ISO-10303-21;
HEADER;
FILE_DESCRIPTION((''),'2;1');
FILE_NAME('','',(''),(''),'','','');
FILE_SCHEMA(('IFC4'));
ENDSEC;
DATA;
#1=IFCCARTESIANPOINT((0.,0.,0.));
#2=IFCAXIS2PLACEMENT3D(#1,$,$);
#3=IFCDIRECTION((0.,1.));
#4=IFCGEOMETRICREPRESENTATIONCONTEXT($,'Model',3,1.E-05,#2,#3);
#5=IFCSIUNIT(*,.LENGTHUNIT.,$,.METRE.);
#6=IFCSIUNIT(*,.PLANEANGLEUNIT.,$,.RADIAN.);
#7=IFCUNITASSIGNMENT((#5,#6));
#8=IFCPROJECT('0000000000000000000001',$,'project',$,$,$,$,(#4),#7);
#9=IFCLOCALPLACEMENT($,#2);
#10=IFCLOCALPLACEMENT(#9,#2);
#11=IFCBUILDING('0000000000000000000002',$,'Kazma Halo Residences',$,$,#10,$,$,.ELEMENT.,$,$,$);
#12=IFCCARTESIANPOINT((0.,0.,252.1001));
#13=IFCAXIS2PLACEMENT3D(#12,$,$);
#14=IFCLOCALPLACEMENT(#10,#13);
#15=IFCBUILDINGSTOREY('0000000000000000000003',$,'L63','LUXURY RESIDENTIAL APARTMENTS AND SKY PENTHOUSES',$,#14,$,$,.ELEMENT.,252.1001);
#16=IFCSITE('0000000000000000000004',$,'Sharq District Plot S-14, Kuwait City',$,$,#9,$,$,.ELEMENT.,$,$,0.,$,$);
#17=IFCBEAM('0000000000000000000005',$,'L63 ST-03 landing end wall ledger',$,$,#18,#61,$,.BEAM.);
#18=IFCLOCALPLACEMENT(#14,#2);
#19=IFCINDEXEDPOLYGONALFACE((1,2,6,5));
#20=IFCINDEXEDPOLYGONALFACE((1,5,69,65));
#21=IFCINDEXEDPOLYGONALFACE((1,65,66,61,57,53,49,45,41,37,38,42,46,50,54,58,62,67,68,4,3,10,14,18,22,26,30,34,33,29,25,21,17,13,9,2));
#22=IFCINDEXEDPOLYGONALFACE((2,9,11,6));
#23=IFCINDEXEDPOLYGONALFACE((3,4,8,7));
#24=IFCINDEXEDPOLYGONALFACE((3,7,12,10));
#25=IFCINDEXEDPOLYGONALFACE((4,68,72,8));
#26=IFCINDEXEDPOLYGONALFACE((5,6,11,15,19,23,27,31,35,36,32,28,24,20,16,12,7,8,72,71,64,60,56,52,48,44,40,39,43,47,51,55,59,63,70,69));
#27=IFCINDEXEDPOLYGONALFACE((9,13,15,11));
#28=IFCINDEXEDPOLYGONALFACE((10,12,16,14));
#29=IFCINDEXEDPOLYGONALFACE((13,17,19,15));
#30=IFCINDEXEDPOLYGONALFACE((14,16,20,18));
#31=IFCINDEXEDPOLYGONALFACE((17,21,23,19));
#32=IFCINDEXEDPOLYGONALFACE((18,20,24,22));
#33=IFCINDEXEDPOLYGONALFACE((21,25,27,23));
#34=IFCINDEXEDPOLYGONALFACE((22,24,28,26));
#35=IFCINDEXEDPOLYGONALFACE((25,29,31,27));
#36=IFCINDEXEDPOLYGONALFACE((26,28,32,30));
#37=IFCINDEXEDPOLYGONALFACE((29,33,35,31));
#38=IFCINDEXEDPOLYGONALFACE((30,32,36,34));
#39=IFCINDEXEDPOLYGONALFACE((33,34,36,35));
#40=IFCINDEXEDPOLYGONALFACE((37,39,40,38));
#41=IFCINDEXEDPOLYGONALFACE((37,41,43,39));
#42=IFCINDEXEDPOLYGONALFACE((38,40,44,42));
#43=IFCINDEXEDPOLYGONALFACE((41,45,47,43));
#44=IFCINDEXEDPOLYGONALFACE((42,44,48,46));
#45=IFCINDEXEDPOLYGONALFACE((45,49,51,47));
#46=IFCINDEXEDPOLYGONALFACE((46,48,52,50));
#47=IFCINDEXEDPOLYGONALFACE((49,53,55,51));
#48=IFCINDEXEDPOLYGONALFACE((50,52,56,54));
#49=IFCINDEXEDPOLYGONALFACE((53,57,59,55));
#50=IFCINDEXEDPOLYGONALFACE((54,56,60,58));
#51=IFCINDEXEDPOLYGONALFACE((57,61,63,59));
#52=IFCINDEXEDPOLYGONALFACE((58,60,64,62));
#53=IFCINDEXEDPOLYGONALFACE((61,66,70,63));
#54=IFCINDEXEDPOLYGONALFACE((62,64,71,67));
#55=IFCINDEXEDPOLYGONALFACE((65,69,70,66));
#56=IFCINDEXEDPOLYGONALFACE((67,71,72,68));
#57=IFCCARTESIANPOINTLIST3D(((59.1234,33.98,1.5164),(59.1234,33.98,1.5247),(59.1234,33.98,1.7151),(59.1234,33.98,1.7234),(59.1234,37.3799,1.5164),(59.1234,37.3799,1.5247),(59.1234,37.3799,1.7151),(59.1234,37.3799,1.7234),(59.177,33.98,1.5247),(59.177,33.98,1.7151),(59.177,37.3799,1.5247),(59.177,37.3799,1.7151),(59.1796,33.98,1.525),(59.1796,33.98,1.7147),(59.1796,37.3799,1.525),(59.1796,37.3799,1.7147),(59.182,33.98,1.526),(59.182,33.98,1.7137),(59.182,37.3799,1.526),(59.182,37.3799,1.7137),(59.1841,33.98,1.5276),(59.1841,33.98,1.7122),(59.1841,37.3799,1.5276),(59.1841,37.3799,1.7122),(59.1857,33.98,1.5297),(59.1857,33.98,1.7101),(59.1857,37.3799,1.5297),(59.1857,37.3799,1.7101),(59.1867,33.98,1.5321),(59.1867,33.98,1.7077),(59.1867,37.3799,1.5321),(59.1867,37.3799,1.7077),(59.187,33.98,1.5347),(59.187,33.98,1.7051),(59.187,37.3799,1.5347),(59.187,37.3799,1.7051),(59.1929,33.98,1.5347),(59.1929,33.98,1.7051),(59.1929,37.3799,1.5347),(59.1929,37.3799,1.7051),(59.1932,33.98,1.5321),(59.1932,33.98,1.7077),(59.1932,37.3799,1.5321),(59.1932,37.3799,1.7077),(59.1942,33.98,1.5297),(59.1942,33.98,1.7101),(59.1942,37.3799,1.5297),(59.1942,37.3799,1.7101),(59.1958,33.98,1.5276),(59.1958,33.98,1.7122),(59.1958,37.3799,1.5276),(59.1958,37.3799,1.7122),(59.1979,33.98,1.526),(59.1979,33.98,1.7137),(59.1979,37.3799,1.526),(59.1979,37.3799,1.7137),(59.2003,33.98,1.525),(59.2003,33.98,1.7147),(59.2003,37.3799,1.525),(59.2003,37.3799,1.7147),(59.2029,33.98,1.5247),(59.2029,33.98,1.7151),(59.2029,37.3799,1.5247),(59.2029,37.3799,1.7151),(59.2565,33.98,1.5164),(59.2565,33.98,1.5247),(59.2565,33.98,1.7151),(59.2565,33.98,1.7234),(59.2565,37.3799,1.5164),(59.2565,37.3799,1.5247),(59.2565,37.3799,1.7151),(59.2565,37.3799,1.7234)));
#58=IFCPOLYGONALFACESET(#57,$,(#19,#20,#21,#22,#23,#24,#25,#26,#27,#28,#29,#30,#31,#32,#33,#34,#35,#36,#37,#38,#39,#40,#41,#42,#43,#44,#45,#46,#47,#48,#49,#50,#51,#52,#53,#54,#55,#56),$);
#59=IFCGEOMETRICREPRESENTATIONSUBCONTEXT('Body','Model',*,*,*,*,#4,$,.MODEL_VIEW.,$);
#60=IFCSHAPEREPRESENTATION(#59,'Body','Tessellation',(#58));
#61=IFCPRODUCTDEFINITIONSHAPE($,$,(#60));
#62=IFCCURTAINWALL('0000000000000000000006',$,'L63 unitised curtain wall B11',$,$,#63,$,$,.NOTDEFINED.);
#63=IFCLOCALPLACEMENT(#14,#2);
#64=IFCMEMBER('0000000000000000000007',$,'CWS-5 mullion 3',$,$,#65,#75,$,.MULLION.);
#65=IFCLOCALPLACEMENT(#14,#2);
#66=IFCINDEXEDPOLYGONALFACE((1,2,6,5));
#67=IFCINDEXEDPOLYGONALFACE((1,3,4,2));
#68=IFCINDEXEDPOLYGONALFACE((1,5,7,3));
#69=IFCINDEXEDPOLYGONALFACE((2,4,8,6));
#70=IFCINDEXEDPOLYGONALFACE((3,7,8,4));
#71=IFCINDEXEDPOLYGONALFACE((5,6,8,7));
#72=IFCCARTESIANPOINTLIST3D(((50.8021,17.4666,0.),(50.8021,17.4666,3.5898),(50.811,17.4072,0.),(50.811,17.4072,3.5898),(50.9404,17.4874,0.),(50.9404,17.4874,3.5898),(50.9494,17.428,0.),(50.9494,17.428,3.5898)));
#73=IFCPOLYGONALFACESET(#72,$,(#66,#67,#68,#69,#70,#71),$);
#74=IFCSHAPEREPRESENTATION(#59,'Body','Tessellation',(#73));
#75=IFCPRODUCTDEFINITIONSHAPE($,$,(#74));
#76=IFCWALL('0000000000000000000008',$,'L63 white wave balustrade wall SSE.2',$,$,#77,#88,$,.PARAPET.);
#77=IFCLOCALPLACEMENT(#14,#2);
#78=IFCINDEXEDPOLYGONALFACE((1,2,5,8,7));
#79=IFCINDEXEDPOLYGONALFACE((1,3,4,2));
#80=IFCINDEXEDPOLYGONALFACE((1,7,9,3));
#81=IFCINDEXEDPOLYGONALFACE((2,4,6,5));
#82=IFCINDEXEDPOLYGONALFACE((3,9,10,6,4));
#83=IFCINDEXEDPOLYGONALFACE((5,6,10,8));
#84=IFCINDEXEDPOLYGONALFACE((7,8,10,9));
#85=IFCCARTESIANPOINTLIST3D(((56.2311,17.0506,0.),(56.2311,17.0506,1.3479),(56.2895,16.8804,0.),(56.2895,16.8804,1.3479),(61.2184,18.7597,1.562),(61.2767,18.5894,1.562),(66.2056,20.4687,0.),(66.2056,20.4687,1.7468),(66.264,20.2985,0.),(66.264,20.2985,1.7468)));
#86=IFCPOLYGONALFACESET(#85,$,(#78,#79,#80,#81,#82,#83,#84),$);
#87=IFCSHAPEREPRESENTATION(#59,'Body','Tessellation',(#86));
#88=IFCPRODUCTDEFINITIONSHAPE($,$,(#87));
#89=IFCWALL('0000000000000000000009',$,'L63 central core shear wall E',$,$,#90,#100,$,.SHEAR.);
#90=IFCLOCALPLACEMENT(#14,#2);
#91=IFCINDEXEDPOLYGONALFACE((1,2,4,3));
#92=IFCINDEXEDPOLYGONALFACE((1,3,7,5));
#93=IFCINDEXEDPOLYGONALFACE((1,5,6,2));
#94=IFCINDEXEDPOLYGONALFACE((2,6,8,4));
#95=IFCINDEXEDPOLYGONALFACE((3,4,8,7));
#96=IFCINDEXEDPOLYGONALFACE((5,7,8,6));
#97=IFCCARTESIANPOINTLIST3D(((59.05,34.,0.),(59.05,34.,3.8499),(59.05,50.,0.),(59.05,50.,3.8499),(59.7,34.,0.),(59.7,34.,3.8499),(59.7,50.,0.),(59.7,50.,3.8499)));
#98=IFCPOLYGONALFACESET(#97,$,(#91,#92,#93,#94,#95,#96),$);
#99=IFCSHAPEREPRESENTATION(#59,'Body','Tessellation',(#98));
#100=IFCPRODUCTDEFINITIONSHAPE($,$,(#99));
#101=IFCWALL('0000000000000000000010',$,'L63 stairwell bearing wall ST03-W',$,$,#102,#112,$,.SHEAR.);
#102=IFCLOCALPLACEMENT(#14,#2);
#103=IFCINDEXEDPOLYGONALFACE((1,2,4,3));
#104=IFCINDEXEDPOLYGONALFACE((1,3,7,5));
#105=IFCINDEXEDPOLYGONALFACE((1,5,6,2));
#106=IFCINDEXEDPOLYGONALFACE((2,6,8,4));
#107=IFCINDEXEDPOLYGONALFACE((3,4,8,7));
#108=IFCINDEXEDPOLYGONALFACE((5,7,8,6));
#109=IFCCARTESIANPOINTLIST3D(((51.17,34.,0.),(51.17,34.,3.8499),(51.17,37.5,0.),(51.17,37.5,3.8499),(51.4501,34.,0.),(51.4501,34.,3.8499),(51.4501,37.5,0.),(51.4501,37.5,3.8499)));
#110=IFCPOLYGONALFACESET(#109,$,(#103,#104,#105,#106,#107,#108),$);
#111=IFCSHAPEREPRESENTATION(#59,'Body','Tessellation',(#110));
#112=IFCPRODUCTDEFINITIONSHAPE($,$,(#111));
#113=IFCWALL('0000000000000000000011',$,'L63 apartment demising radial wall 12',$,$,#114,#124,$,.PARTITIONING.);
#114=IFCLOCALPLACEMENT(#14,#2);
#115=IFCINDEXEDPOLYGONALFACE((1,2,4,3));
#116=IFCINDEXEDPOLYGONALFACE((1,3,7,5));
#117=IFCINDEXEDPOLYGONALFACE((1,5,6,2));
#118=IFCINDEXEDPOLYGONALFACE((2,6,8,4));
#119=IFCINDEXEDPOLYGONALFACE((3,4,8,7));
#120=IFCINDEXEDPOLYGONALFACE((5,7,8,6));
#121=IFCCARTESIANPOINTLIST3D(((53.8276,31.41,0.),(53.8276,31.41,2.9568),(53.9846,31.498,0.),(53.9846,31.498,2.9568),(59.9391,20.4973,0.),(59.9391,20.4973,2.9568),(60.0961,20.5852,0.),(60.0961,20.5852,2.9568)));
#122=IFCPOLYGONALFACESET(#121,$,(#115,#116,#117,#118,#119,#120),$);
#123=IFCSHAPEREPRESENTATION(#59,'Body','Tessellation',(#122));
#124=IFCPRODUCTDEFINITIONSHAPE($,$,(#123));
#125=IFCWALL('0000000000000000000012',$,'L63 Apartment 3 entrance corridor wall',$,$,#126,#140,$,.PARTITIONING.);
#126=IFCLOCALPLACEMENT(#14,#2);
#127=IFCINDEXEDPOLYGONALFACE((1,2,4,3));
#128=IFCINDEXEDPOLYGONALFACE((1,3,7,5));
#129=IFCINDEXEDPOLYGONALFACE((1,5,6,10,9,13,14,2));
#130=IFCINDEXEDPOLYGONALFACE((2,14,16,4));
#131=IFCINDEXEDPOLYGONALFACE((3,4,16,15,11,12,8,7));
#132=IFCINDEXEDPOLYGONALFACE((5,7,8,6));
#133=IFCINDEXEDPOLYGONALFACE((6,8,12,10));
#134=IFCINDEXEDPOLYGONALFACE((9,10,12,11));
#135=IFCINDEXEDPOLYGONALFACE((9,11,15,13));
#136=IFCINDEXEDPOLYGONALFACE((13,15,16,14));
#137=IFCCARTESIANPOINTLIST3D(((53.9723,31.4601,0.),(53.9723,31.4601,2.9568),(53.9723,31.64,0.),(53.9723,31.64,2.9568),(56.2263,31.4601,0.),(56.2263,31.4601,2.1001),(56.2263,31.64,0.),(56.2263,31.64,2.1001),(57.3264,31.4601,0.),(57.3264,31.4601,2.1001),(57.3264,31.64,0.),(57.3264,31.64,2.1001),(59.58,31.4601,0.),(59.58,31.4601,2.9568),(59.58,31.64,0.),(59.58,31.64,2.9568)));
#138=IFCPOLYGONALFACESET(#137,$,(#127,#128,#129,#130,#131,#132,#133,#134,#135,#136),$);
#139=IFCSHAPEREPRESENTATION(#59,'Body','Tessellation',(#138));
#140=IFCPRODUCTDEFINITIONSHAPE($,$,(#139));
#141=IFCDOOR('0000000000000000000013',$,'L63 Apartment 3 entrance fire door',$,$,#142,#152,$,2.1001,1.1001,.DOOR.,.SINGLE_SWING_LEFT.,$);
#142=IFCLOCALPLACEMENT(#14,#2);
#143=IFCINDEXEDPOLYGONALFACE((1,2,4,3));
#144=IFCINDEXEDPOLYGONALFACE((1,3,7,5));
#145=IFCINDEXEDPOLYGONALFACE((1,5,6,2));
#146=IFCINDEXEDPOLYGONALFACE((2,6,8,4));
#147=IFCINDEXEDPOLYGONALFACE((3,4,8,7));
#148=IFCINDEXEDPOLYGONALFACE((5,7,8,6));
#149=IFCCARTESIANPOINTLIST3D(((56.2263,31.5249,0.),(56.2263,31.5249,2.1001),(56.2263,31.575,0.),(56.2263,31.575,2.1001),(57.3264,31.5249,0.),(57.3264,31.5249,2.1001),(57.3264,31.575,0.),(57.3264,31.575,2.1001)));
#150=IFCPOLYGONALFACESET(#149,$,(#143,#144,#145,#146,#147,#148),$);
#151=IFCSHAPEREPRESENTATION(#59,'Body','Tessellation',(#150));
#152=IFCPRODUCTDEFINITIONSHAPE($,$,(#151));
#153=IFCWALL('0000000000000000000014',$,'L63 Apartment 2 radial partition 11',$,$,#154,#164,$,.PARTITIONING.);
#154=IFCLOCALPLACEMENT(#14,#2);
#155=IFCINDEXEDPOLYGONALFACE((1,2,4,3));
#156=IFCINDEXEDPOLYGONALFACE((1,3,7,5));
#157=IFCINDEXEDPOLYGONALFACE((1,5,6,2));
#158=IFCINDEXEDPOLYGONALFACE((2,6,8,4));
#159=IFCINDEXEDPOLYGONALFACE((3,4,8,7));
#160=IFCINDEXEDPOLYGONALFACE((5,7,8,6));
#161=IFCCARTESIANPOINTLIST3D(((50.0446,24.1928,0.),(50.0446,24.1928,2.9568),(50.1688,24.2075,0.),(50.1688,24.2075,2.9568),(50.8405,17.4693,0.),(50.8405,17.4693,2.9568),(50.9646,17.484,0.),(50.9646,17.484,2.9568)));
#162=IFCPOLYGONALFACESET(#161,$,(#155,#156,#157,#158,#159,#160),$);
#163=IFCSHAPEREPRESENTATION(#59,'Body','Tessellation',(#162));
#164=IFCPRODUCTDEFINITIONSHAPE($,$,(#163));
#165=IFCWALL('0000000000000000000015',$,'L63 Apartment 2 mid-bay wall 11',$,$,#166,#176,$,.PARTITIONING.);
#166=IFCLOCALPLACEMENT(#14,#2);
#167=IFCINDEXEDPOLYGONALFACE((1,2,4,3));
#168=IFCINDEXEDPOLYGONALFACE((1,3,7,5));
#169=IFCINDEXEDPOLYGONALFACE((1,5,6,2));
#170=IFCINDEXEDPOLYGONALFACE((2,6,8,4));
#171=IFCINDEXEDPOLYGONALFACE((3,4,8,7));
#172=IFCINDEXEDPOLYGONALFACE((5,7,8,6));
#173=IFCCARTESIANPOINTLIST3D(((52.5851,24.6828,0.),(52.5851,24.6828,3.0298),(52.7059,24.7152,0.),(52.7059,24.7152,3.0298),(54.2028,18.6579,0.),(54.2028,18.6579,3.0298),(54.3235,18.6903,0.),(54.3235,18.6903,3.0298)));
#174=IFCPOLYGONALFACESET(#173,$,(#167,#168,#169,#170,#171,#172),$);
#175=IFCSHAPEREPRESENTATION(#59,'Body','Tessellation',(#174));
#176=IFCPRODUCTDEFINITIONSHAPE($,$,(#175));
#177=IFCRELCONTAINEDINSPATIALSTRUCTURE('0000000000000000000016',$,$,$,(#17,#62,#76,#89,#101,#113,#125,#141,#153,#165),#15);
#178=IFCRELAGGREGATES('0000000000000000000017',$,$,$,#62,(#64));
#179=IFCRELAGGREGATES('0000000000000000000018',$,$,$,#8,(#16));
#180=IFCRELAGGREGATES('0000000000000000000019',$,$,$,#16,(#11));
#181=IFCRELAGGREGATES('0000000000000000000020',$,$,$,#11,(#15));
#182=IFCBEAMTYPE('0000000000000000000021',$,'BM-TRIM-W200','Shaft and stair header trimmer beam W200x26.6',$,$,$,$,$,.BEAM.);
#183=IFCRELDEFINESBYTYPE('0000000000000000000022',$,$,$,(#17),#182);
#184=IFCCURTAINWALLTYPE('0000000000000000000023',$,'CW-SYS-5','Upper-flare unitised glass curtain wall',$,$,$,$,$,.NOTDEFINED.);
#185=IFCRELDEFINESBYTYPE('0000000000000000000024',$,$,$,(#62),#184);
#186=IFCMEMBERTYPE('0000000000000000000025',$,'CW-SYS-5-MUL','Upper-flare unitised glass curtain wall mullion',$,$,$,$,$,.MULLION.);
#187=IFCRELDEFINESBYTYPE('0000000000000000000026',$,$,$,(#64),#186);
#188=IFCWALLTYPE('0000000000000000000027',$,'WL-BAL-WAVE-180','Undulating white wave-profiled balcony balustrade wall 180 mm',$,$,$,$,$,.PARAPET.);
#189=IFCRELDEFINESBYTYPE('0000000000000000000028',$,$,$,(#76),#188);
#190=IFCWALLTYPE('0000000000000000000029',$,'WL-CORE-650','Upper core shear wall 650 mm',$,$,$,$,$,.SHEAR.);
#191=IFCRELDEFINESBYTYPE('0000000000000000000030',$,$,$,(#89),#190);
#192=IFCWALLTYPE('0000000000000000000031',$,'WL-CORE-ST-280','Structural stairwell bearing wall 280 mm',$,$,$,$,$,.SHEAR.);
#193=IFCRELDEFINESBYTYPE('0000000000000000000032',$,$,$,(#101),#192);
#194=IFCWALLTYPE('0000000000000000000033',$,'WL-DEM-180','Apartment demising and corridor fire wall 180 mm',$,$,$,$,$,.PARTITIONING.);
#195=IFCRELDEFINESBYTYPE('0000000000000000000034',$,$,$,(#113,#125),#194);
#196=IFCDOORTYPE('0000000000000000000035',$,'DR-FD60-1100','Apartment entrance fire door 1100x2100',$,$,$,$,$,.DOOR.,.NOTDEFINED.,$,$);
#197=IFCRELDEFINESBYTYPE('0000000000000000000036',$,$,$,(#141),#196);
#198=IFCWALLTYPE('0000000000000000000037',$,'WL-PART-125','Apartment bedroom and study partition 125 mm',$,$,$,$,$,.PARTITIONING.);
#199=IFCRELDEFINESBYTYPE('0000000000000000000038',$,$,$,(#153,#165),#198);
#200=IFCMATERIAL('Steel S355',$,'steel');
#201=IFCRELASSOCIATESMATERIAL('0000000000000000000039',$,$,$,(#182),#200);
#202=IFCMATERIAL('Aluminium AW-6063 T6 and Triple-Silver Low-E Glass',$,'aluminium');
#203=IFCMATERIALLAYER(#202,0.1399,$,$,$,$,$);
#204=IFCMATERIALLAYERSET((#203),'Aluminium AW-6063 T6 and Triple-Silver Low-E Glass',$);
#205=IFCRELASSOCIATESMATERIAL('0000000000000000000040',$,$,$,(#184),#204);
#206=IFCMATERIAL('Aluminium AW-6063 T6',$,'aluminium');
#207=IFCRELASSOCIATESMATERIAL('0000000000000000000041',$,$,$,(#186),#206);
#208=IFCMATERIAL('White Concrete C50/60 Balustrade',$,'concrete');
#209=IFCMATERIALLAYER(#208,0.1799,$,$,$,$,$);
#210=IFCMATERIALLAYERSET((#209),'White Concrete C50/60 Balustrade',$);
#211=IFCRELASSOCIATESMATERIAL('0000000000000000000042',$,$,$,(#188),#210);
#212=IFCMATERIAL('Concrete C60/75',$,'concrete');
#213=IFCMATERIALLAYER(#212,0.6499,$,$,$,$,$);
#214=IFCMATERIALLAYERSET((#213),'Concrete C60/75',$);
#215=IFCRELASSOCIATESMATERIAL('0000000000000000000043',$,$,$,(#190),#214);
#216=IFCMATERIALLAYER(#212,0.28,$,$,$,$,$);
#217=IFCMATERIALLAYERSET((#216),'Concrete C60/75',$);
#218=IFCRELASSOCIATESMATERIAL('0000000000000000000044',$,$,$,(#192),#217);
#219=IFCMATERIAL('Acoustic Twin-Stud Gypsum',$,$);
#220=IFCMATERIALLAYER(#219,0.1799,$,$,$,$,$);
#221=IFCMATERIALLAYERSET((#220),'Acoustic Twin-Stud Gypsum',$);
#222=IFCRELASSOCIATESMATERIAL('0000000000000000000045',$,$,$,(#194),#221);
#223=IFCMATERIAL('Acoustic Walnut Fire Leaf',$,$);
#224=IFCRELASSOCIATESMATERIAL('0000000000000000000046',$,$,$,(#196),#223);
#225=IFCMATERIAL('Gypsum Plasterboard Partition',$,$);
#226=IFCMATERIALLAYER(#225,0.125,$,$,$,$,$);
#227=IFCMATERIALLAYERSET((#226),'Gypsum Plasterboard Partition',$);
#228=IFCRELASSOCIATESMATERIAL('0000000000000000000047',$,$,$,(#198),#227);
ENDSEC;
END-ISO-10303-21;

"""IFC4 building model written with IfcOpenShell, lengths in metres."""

from ifc_helpers import new_model, si_unit, direction, frame, frame_2d, origin, origin_2d, place, context, subcontext, project, spatial, polyline, rectangle, i_section, outline, extrude, material, layer, layer_set, material_profile, profile_set, type_object, element, fill, aggregate, save


model = new_model("IFC4")

# Units and contexts
model_context = context("Model", 3, precision=1e-05, world=origin(), true_north=direction((0.0, 1.0)))
body_context = subcontext(model_context, "Body", "Model", "MODEL_VIEW")
ifc_project = project(units=[si_unit("LENGTHUNIT", "METRE"), si_unit("PLANEANGLEUNIT", "RADIAN")], contexts=[model_context])

# Site, building, storey
site_placement = place(None, origin())
site = spatial("IfcSite", under=ifc_project, at=site_placement, Name="Sharq District Plot S-14, Kuwait City", CompositionType="ELEMENT", RefElevation=0.0)
building_placement = place(site_placement, origin())
building = spatial("IfcBuilding", under=site, at=building_placement, Name="Kazma Halo Residences", CompositionType="ELEMENT")
storey_placement = place(building_placement, frame((0.0, 0.0, 252.1001)))
storey = spatial("IfcBuildingStorey", under=building, at=storey_placement, Name="L63", Description="LUXURY RESIDENTIAL APARTMENTS AND SKY PENTHOUSES", CompositionType="ELEMENT", Elevation=252.1001)

# Shared definitions
ifc_material_1 = material(Name="Concrete C60/75", Category="concrete")

# Beam
ifc_material_2 = material(Name="Steel S355", Category="steel")
ifc_material_profile_1 = material_profile(ifc_material_2, i_section(OverallWidth=0.1331, OverallDepth=0.207, WebThickness=0.0059, FlangeThickness=0.0083, FilletRadius=0.01, at=origin_2d()), Name="W200x26.6")
ifc_profile_set_1 = profile_set([ifc_material_profile_1], Name="Steel S355")
beam_type_1 = type_object("IfcBeamType", Name="BM-TRIM-W200", Description="Shaft and stair header trimmer beam W200x26.6", PredefinedType="BEAM", material=ifc_profile_set_1)
beam_1_placement = place(storey_placement, frame((59.1899, 33.98, 1.6199), z_axis=(0.0, 1.0, 0.0), x_axis=(-1.0, 0.0, 0.0)))
element("IfcBeam", 1, at=beam_1_placement, inside=storey, type_object=beam_type_1, Name="L63 ST-03 landing end wall ledger", PredefinedType="BEAM", context=body_context, shape_type="SweptSolid", body=[
    extrude(i_section(OverallWidth=0.1331, OverallDepth=0.207, WebThickness=0.0059, FlangeThickness=0.0083, FilletRadius=0.01, at=origin_2d()), origin(), (0.0, 0.0, 1.0), 3.3999),
])

# Curtain wall, member
ifc_material_3 = material(Name="Aluminium AW-6063 T6 and Triple-Silver Low-E Glass", Category="aluminium")
ifc_layer_1 = layer(ifc_material_3, 0.1399)
ifc_layer_set_1 = layer_set([ifc_layer_1], Name="Aluminium AW-6063 T6 and Triple-Silver Low-E Glass")
curtain_wall_type = type_object("IfcCurtainWallType", Name="CW-SYS-5", Description="Upper-flare unitised glass curtain wall", PredefinedType="NOTDEFINED", material=ifc_layer_set_1)
curtain_wall_placement = place(storey_placement, origin())
curtain_wall = element("IfcCurtainWall", 2, at=curtain_wall_placement, inside=storey, type_object=curtain_wall_type, Name="L63 unitised curtain wall B11", PredefinedType="NOTDEFINED")
ifc_material_4 = material(Name="Aluminium AW-6063 T6", Category="aluminium")
ifc_material_profile_2 = material_profile(ifc_material_4, rectangle(XDim=0.0601, YDim=0.1399, at=origin_2d()), Name="CWM-60x140")
ifc_profile_set_2 = profile_set([ifc_material_profile_2], Name="Aluminium AW-6063 T6")
member_type = type_object("IfcMemberType", Name="CW-SYS-5-MUL", Description="Upper-flare unitised glass curtain wall mullion", PredefinedType="MULLION", material=ifc_profile_set_2)
member_placement = place(storey_placement, frame((50.8757, 17.4473, 0.0), z_axis=(0.0, 0.0, 1.0), x_axis=(-0.148697, 0.988883, 0.0)))
member = element("IfcMember", 3, at=member_placement, type_object=member_type, Name="CWS-5 mullion 3", PredefinedType="MULLION", context=body_context, shape_type="SweptSolid", body=[
    extrude(rectangle(XDim=0.0601, YDim=0.1399, at=origin_2d()), origin(), (0.0, 0.0, 1.0), 3.5898),
])
aggregate(curtain_wall, [member])

# Walls
ifc_material_5 = material(Name="White Concrete C50/60 Balustrade", Category="concrete")
ifc_layer_2 = layer(ifc_material_5, 0.1799)
ifc_layer_set_2 = layer_set([ifc_layer_2], Name="White Concrete C50/60 Balustrade")
wall_type_1 = type_object("IfcWallType", Name="WL-BAL-WAVE-180", Description="Undulating white wave-profiled balcony balustrade wall 180 mm", PredefinedType="PARAPET", material=ifc_layer_set_2)
wall_1_placement = place(storey_placement, frame((56.2603, 16.9656, 0.0), z_axis=(0.0, 0.0, 1.0), x_axis=(0.945994, 0.324184, 0.0)))
element("IfcWall", 4, at=wall_1_placement, inside=storey, type_object=wall_type_1, Name="L63 white wave balustrade wall SSE.2", PredefinedType="PARAPET", context=body_context, shape_type="SweptSolid", body=[
    extrude(outline(polyline([(0.0, 0.0), (10.5439, 0.0), (10.5439, 1.7468), (5.272, 1.562), (0.0, 1.3479), (0.0, 0.0)])), frame((0.0, 0.0898, 0.0), z_axis=(0.0, -1.0, 0.0), x_axis=(1.0, 0.0, 0.0)), (0.0, 0.0, 1.0), 0.1799),
])
ifc_layer_3 = layer(ifc_material_1, 0.6499)
ifc_layer_set_3 = layer_set([ifc_layer_3], Name="Concrete C60/75")
wall_type_2 = type_object("IfcWallType", Name="WL-CORE-650", Description="Upper core shear wall 650 mm", PredefinedType="SHEAR", material=ifc_layer_set_3)
wall_2_placement = place(storey_placement, frame((59.375, 34.0, 0.0), z_axis=(0.0, 0.0, 1.0), x_axis=(0.0, 1.0, 0.0)))
element("IfcWall", 5, at=wall_2_placement, inside=storey, type_object=wall_type_2, Name="L63 central core shear wall E", PredefinedType="SHEAR", context=body_context, shape_type="SweptSolid", body=[
    extrude(rectangle(XDim=16.0, YDim=0.6499, at=frame_2d((8.0, 0.0))), origin(), (0.0, 0.0, 1.0), 3.8499),
])
ifc_layer_4 = layer(ifc_material_1, 0.28)
ifc_layer_set_4 = layer_set([ifc_layer_4], Name="Concrete C60/75")
wall_type_3 = type_object("IfcWallType", Name="WL-CORE-ST-280", Description="Structural stairwell bearing wall 280 mm", PredefinedType="SHEAR", material=ifc_layer_set_4)
wall_3_placement = place(storey_placement, frame((51.3101, 34.0, 0.0), z_axis=(0.0, 0.0, 1.0), x_axis=(0.0, 1.0, 0.0)))
element("IfcWall", 6, at=wall_3_placement, inside=storey, type_object=wall_type_3, Name="L63 stairwell bearing wall ST03-W", PredefinedType="SHEAR", context=body_context, shape_type="SweptSolid", body=[
    extrude(rectangle(XDim=3.5, YDim=0.28, at=frame_2d((1.75, 0.0))), origin(), (0.0, 0.0, 1.0), 3.8499),
])
ifc_material_6 = material(Name="Acoustic Twin-Stud Gypsum")
ifc_layer_5 = layer(ifc_material_6, 0.1799)
ifc_layer_set_5 = layer_set([ifc_layer_5], Name="Acoustic Twin-Stud Gypsum")
wall_type_4 = type_object("IfcWallType", Name="WL-DEM-180", Description="Apartment demising and corridor fire wall 180 mm", PredefinedType="PARTITIONING", material=ifc_layer_set_5)
wall_4_placement = place(storey_placement, frame((53.906, 31.4541, 0.0), z_axis=(0.0, 0.0, 1.0), x_axis=(0.488627, -0.872493, 0.0)))
element("IfcWall", 7, at=wall_4_placement, inside=storey, type_object=wall_type_4, Name="L63 apartment demising radial wall 12", PredefinedType="PARTITIONING", context=body_context, shape_type="SweptSolid", body=[
    extrude(rectangle(XDim=12.5076, YDim=0.1799, at=frame_2d((6.2539, 0.0))), origin(), (0.0, 0.0, 1.0), 2.9568),
])

# Wall, opening, door
wall_5_placement = place(storey_placement, frame((53.9724, 31.55, 0.0), z_axis=(0.0, 0.0, 1.0), x_axis=(1.0, 0.0, 0.0)))
wall_5 = element("IfcWall", 8, at=wall_5_placement, inside=storey, type_object=wall_type_4, Name="L63 Apartment 3 entrance corridor wall", PredefinedType="PARTITIONING", context=body_context, shape_type="SweptSolid", body=[
    extrude(rectangle(XDim=5.6077, YDim=0.1799, at=frame_2d((2.8037, 0.0))), origin(), (0.0, 0.0, 1.0), 2.9568),
])
opening_1_placement = place(wall_5_placement, frame((2.2539, 0.0, 0.0)))
opening_1 = element("IfcOpeningElement", 9, at=opening_1_placement, cuts=wall_5, PredefinedType="OPENING", context=body_context, shape_type="SweptSolid", body=[
    extrude(rectangle(XDim=1.1001, YDim=2.1001, at=frame_2d((0.55, 1.05))), frame((0.0, 0.0999, 0.0), z_axis=(0.0, -1.0, 0.0), x_axis=(1.0, 0.0, 0.0)), (0.0, 0.0, 1.0), 0.2),
])
ifc_material_7 = material(Name="Acoustic Walnut Fire Leaf")
door_type_1 = type_object("IfcDoorType", Name="DR-FD60-1100", Description="Apartment entrance fire door 1100x2100", OperationType="NOTDEFINED", PredefinedType="DOOR", material=ifc_material_7)
door_1_placement = place(opening_1_placement, origin())
door_1 = element("IfcDoor", 10, at=door_1_placement, inside=storey, type_object=door_type_1, Name="L63 Apartment 3 entrance fire door", OperationType="SINGLE_SWING_LEFT", OverallHeight=2.1001, OverallWidth=1.1001, PredefinedType="DOOR", context=body_context, shape_type="SweptSolid", body=[
    extrude(rectangle(XDim=1.1001, YDim=2.1001, at=frame_2d((0.55, 1.05))), frame((0.0, 0.0249, 0.0), z_axis=(0.0, -1.0, 0.0), x_axis=(1.0, 0.0, 0.0)), (0.0, 0.0, 1.0), 0.05),
])
fill(opening_1, door_1)

# Walls
ifc_material_8 = material(Name="Gypsum Plasterboard Partition")
ifc_layer_6 = layer(ifc_material_8, 0.125)
ifc_layer_set_6 = layer_set([ifc_layer_6], Name="Gypsum Plasterboard Partition")
wall_type_5 = type_object("IfcWallType", Name="WL-PART-125", Description="Apartment bedroom and study partition 125 mm", PredefinedType="PARTITIONING", material=ifc_layer_set_6)
wall_6_placement = place(storey_placement, frame((50.1067, 24.2002, 0.0), z_axis=(0.0, 0.0, 1.0), x_axis=(0.117553, -0.993067, 0.0)))
element("IfcWall", 11, at=wall_6_placement, inside=storey, type_object=wall_type_5, Name="L63 Apartment 2 radial partition 11", PredefinedType="PARTITIONING", context=body_context, shape_type="SweptSolid", body=[
    extrude(rectangle(XDim=6.7705, YDim=0.125, at=frame_2d((3.3853, 0.0))), origin(), (0.0, 0.0, 1.0), 2.9568),
])
wall_7_placement = place(storey_placement, frame((52.6455, 24.699, 0.0), z_axis=(0.0, 0.0, 1.0), x_axis=(0.259314, -0.965793, 0.0)))
element("IfcWall", 12, at=wall_7_placement, inside=storey, type_object=wall_type_5, Name="L63 Apartment 2 mid-bay wall 11", PredefinedType="PARTITIONING", context=body_context, shape_type="SweptSolid", body=[
    extrude(rectangle(XDim=6.2383, YDim=0.125, at=frame_2d((3.1191, 0.0))), origin(), (0.0, 0.0, 1.0), 3.0298),
])

save(model, "model.ifc")
